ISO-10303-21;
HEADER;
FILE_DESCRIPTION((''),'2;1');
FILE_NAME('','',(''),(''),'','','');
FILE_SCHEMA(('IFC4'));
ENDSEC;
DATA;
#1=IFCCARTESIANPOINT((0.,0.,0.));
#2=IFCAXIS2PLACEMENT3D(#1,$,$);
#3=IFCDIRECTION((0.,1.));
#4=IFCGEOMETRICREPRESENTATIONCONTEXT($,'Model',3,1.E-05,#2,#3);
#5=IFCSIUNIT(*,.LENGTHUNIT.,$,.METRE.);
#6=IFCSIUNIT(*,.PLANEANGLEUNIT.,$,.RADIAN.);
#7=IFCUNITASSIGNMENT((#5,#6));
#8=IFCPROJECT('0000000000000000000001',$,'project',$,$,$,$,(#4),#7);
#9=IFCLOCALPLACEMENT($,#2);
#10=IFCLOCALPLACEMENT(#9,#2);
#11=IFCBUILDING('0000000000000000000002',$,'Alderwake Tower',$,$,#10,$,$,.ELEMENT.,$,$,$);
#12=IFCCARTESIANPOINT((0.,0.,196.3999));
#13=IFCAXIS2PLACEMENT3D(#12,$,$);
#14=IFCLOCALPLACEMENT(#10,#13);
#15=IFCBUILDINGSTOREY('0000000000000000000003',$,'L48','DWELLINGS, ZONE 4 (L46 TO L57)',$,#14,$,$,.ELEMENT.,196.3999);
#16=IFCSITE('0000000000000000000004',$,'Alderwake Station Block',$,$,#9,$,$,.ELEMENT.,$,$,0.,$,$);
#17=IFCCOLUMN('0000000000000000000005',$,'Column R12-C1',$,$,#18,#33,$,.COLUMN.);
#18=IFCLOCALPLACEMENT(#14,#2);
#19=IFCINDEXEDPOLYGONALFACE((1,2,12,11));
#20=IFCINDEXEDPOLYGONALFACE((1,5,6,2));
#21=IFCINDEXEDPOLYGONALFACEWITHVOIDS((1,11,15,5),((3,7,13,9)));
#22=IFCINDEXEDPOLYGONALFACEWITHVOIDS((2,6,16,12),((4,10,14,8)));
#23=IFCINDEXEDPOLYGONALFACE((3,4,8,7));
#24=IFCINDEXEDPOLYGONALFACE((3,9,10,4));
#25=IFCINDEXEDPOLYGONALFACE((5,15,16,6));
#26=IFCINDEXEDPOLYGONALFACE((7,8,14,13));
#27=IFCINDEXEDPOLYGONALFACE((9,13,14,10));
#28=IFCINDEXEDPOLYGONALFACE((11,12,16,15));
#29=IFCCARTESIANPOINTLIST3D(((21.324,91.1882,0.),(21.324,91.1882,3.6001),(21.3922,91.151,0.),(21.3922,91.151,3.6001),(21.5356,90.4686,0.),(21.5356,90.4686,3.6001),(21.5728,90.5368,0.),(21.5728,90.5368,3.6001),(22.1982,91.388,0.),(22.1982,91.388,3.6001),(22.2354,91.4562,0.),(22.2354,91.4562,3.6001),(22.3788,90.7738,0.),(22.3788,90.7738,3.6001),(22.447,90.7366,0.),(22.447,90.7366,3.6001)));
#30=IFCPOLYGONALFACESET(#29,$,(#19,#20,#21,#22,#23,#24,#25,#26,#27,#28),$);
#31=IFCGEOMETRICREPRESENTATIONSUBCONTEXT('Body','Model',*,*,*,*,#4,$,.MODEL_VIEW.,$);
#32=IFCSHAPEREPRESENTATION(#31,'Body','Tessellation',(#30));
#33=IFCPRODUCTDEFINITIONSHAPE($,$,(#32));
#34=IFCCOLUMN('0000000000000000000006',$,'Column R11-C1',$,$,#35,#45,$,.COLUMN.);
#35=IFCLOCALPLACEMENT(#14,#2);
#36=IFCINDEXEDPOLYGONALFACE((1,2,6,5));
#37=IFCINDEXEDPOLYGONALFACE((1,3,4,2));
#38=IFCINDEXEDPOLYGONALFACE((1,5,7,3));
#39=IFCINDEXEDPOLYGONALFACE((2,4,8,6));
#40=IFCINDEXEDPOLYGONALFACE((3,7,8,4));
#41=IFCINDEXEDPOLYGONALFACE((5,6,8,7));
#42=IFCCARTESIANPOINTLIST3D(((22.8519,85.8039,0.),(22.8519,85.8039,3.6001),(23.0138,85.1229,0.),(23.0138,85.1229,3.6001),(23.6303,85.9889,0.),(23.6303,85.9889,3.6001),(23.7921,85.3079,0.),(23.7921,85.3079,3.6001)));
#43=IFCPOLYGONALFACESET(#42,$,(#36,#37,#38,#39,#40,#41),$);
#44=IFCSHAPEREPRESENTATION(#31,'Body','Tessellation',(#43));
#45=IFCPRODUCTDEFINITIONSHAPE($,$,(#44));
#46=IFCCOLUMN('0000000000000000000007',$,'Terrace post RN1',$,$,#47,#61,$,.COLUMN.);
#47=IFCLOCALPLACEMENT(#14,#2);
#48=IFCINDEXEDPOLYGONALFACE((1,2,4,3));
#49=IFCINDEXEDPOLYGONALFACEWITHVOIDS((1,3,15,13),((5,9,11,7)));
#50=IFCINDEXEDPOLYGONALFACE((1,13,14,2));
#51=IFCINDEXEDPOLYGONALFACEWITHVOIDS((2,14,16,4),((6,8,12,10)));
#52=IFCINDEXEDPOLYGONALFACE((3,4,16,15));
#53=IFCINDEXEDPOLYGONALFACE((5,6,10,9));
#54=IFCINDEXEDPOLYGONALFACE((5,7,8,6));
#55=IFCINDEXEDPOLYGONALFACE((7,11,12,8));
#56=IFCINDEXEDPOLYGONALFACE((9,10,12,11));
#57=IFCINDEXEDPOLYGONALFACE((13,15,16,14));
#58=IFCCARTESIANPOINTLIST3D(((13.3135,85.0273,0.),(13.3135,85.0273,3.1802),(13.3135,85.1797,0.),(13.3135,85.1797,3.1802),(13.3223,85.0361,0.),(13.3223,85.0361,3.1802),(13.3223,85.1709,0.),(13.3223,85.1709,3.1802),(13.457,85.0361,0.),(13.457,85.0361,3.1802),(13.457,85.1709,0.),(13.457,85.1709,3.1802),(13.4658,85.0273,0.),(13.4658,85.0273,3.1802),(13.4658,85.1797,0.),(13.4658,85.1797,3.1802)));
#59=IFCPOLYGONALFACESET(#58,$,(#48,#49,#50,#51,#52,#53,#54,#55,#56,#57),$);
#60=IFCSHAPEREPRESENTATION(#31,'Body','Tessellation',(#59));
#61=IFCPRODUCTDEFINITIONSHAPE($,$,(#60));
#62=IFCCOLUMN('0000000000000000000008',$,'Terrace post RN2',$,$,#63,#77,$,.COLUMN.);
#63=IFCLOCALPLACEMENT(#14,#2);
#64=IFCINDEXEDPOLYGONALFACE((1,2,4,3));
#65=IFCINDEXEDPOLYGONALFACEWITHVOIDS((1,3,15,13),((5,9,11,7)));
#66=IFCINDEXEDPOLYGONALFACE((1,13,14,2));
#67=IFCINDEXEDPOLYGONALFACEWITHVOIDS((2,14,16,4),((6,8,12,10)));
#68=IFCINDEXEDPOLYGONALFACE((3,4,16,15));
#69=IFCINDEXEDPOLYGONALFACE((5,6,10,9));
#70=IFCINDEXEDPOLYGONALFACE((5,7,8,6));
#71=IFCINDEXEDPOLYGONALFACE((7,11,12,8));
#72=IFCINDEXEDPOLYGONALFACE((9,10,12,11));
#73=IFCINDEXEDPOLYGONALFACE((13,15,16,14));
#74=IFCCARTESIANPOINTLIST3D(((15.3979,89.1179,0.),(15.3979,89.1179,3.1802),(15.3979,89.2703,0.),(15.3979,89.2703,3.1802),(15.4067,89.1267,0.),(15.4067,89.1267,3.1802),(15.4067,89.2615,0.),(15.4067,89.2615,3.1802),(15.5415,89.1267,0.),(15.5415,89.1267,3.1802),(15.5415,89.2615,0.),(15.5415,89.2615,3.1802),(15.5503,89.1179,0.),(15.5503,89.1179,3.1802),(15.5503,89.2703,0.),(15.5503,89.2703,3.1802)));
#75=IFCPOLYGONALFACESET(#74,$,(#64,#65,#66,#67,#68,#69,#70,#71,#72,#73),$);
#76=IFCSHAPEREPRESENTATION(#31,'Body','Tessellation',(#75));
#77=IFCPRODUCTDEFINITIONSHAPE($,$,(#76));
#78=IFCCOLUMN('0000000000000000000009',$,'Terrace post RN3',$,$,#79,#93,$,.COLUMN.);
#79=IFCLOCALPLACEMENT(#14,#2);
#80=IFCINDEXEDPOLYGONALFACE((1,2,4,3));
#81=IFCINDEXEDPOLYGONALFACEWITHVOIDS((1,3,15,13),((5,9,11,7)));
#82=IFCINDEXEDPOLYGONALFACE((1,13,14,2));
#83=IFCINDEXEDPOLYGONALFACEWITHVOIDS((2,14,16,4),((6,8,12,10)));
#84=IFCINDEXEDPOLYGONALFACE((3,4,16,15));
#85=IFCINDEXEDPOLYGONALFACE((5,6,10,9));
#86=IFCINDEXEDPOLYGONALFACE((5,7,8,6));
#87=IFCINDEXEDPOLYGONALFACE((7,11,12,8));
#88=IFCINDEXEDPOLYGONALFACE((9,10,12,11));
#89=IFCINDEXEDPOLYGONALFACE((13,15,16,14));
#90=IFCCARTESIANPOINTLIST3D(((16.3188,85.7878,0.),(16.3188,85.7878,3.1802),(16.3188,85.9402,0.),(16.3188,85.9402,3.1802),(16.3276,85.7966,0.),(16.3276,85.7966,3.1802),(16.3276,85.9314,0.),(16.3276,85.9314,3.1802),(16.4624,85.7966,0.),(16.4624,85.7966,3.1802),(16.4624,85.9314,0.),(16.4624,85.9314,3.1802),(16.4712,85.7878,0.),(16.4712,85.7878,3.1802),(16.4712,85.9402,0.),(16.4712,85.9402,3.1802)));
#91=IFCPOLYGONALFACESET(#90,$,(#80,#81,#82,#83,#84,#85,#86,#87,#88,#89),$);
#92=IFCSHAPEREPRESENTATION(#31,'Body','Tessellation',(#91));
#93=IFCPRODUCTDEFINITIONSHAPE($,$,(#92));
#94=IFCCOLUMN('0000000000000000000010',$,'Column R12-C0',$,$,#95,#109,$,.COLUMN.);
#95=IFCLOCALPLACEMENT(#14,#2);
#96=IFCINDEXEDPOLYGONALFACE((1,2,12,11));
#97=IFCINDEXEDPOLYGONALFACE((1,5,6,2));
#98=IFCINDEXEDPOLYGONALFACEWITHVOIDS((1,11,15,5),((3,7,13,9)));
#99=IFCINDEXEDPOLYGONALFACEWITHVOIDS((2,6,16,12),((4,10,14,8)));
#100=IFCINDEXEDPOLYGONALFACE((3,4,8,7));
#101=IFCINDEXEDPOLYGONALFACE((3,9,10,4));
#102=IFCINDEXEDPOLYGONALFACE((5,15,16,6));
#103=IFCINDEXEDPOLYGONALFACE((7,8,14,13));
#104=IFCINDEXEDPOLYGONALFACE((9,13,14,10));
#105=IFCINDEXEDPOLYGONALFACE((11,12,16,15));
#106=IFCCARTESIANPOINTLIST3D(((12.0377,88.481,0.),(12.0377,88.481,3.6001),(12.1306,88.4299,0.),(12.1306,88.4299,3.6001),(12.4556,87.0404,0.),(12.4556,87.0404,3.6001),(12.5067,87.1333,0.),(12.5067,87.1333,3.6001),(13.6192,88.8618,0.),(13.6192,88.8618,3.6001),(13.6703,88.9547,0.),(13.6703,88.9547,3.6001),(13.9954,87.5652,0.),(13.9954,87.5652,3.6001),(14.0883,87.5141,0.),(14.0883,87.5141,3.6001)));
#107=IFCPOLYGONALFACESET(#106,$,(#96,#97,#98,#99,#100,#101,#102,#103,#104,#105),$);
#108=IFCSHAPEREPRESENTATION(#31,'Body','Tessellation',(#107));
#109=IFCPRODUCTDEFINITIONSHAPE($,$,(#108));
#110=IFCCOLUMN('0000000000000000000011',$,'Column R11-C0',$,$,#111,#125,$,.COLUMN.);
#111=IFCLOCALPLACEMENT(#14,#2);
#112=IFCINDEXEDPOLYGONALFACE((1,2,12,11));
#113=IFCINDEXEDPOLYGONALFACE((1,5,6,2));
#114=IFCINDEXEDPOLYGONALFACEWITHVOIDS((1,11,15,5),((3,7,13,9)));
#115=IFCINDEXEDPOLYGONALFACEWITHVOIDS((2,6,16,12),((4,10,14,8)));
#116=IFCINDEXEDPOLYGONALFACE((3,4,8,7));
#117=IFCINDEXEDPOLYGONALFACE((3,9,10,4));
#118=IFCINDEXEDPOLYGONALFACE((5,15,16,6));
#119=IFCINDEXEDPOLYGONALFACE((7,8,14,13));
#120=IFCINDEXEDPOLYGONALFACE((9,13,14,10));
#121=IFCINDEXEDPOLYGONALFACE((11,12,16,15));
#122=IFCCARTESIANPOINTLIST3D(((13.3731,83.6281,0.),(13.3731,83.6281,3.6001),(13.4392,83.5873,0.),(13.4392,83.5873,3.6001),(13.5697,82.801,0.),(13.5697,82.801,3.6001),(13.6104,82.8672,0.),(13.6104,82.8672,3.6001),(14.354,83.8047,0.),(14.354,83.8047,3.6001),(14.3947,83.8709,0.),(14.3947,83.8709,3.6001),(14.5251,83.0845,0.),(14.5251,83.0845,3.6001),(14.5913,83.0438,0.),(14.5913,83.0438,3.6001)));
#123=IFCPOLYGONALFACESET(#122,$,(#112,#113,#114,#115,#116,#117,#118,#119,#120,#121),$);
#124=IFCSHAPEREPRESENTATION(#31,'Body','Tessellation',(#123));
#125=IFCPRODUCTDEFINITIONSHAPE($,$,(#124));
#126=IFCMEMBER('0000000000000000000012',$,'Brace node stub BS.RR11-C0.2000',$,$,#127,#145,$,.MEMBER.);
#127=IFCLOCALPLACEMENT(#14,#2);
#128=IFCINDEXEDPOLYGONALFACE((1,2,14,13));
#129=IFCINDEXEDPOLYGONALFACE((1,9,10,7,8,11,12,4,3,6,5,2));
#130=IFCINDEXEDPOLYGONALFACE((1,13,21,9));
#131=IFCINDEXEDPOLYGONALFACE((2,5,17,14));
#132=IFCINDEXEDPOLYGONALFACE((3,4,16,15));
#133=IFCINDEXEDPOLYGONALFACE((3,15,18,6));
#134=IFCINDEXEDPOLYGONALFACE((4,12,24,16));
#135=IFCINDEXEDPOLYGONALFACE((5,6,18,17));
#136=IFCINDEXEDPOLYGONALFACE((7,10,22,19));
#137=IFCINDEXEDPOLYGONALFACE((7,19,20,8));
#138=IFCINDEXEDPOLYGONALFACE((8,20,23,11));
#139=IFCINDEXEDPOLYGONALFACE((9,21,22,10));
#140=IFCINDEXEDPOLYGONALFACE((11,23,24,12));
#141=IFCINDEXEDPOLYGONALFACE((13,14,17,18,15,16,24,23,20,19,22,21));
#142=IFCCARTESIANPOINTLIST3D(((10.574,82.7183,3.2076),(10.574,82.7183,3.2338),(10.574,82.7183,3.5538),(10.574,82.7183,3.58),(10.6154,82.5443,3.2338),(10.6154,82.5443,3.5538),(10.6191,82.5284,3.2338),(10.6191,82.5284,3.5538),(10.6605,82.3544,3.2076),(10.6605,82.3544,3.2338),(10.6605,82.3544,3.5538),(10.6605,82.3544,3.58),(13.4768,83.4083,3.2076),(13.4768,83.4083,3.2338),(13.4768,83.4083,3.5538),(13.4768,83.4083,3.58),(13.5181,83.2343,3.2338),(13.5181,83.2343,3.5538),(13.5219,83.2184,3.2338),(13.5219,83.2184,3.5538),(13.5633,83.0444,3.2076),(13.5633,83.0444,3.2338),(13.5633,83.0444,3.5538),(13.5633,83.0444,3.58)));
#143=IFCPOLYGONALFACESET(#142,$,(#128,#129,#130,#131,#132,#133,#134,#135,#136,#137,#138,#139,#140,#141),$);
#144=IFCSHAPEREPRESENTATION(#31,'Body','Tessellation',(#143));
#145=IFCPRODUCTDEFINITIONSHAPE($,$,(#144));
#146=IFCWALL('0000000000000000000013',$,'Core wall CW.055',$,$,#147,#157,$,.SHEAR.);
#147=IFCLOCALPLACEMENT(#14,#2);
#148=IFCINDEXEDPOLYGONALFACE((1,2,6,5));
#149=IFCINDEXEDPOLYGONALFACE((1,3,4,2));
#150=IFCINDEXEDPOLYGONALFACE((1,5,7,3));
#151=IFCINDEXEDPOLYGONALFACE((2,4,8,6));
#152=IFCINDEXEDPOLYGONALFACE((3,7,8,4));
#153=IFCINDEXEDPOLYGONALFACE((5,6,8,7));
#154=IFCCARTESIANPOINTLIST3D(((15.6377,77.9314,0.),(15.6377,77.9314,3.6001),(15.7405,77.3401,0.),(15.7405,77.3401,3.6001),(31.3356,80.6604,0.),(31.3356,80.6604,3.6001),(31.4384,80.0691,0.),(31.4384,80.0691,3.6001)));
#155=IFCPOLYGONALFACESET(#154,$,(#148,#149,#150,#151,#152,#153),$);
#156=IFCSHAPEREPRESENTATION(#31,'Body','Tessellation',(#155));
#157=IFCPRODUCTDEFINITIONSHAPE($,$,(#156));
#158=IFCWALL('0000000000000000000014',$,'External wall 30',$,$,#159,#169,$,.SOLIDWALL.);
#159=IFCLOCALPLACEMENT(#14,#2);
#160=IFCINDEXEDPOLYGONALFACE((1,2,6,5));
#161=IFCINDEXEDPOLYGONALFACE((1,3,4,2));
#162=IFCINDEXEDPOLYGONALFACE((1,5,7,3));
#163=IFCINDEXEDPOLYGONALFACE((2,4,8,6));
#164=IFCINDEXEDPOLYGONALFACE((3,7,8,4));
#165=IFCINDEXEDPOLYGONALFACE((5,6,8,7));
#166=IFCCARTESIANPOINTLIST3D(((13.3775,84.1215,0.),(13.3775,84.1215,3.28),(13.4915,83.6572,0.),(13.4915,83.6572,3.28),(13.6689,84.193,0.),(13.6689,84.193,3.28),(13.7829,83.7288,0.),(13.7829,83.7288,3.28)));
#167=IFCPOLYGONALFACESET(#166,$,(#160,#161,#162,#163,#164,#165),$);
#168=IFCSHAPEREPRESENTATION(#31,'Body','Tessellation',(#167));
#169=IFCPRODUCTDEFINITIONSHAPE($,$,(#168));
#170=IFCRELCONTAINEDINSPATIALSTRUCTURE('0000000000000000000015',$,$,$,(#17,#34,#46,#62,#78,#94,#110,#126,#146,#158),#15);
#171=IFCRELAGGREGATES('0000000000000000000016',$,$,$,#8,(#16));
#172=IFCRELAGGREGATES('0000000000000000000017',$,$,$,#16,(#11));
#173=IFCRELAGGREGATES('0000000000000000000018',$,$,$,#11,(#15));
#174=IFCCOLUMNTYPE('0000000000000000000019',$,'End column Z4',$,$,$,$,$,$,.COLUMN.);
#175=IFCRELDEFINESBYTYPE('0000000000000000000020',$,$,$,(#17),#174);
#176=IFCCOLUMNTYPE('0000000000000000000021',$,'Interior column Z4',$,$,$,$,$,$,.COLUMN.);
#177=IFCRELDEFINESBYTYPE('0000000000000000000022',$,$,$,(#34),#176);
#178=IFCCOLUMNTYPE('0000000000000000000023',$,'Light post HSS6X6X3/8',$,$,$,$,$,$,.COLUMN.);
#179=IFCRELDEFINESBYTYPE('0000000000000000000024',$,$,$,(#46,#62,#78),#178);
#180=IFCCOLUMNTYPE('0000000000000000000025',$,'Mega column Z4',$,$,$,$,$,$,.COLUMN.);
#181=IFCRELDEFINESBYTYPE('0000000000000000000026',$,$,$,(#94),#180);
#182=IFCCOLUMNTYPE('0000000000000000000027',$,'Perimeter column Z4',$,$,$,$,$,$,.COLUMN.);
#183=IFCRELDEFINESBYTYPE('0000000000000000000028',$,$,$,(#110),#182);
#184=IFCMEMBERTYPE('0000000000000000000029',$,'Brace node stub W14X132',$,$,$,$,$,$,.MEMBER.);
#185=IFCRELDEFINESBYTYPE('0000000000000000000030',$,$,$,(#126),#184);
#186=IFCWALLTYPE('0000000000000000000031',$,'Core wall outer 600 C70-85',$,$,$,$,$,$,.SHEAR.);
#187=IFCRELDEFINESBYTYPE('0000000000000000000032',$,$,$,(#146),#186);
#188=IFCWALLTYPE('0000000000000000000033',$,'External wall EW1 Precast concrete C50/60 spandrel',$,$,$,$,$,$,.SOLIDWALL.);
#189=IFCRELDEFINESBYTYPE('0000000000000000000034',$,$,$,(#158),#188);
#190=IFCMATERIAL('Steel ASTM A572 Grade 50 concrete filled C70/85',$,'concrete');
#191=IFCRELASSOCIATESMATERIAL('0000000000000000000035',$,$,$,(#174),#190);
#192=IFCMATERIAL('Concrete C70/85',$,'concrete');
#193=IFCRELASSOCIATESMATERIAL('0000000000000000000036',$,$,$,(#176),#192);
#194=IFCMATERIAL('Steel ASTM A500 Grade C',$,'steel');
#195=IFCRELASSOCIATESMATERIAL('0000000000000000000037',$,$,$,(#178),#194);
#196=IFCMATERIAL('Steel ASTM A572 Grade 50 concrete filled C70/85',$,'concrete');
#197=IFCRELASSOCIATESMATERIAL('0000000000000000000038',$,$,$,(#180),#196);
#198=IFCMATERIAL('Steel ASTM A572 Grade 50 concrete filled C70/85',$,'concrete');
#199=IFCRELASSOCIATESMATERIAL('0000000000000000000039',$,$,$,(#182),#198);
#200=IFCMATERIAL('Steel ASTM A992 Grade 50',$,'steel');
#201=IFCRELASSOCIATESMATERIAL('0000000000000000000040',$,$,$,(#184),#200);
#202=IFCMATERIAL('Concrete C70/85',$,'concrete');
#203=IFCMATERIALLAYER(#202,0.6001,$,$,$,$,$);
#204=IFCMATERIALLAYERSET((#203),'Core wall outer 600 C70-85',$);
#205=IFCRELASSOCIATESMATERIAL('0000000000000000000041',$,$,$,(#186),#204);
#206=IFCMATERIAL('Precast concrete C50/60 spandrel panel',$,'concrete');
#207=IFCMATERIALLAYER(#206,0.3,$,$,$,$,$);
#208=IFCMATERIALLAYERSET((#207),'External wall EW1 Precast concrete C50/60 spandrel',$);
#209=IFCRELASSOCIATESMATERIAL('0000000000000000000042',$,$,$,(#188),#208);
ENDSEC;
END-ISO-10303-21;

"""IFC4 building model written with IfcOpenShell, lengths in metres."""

from ifc_helpers import new_model, si_unit, direction, frame, frame_2d, origin, origin_2d, place, context, subcontext, project, spatial, rectangle, hollow_rectangle, i_section, extrude, material, layer, layer_set, material_profile, profile_set, type_object, element, save


model = new_model("IFC4")

# Units and contexts
model_context = context("Model", 3, precision=1e-05, world=origin(), true_north=direction((0.0, 1.0)))
body_context = subcontext(model_context, "Body", "Model", "MODEL_VIEW")
ifc_project = project(units=[si_unit("LENGTHUNIT", "METRE"), si_unit("PLANEANGLEUNIT", "RADIAN")], contexts=[model_context])

# Site, building, storey
site_placement = place(None, origin())
site = spatial("IfcSite", under=ifc_project, at=site_placement, Name="Alderwake Station Block", CompositionType="ELEMENT", RefElevation=0.0)
building_placement = place(site_placement, origin())
building = spatial("IfcBuilding", under=site, at=building_placement, Name="Alderwake Tower", CompositionType="ELEMENT")
storey_placement = place(building_placement, frame((0.0, 0.0, 196.3999)))
storey = spatial("IfcBuildingStorey", under=building, at=storey_placement, Name="L48", Description="DWELLINGS, ZONE 4 (L46 TO L57)", CompositionType="ELEMENT", Elevation=196.3999)

# Columns
ifc_material_1 = material(Name="Steel ASTM A572 Grade 50 concrete filled C70/85", Category="concrete")
ifc_material_profile_1 = material_profile(ifc_material_1, hollow_rectangle(XDim=0.75, YDim=0.95, WallThickness=0.0549, at=origin_2d()), Name="BOX 950X750X55")
ifc_profile_set_1 = profile_set([ifc_material_profile_1], Name="Steel ASTM A572 Grade 50 concrete filled C70/85")
column_type_1 = type_object("IfcColumnType", Name="End column Z4", PredefinedType="COLUMN", material=ifc_profile_set_1)
column_1_placement = place(storey_placement, frame((21.8855, 90.9624, 0.0), z_axis=(0.0, 0.0, 1.0), x_axis=(-0.282132, 0.959376, 0.0)))
element("IfcColumn", 1, at=column_1_placement, inside=storey, type_object=column_type_1, Name="Column R12-C1", PredefinedType="COLUMN", context=body_context, shape_type="SweptSolid", body=[
    extrude(hollow_rectangle(XDim=0.75, YDim=0.95, WallThickness=0.0549, at=origin_2d()), origin(), (0.0, 0.0, 1.0), 3.6001),
])
ifc_material_2 = material(Name="Concrete C70/85", Category="concrete")
ifc_material_profile_2 = material_profile(ifc_material_2, rectangle(XDim=0.7, YDim=0.8, at=origin_2d()), Name="RC 800X700")
ifc_profile_set_2 = profile_set([ifc_material_profile_2], Name="Concrete C70/85")
column_type_2 = type_object("IfcColumnType", Name="Interior column Z4", PredefinedType="COLUMN", material=ifc_profile_set_2)
column_2_placement = place(storey_placement, frame((23.322, 85.5559, 0.0), z_axis=(0.0, 0.0, 1.0), x_axis=(-0.231222, 0.972901, 0.0)))
element("IfcColumn", 2, at=column_2_placement, inside=storey, type_object=column_type_2, Name="Column R11-C1", PredefinedType="COLUMN", context=body_context, shape_type="SweptSolid", body=[
    extrude(rectangle(XDim=0.7, YDim=0.8, at=origin_2d()), origin(), (0.0, 0.0, 1.0), 3.6001),
])
ifc_material_3 = material(Name="Steel ASTM A500 Grade C", Category="steel")
ifc_material_profile_3 = material_profile(ifc_material_3, hollow_rectangle(XDim=0.1523, YDim=0.1523, WallThickness=0.0088, at=origin_2d()), Name="HSS6X6X3/8")
ifc_profile_set_3 = profile_set([ifc_material_profile_3], Name="Steel ASTM A500 Grade C")
column_type_3 = type_object("IfcColumnType", Name="Light post HSS6X6X3/8", PredefinedType="COLUMN", material=ifc_profile_set_3)
for number, where, z_axis, x_axis, name in (
    (3, (13.3896, 85.1035, 0.0), (0.0, 0.0, 1.0), (1.0, 0.0, 0.0), "Terrace post RN1"),
    (4, (15.4741, 89.1941, 0.0), (0.0, 0.0, 1.0), (1.0, 0.0, 0.0), "Terrace post RN2"),
    (5, (16.395, 85.864, 0.0), (0.0, 0.0, 1.0), (1.0, 0.0, 0.0), "Terrace post RN3"),
):
    element("IfcColumn", number, at=place(storey_placement, frame(where, z_axis=z_axis, x_axis=x_axis)), inside=storey, type_object=column_type_3, Name=name, PredefinedType="COLUMN", context=body_context, shape_type="SweptSolid", body=[
        extrude(hollow_rectangle(XDim=0.1523, YDim=0.1523, WallThickness=0.0088, at=origin_2d()), origin(), (0.0, 0.0, 1.0), 3.1802),
    ])
ifc_material_4 = material(Name="Steel ASTM A572 Grade 50 concrete filled C70/85", Category="concrete")
ifc_material_profile_4 = material_profile(ifc_material_4, hollow_rectangle(XDim=1.5, YDim=1.7, WallThickness=0.075, at=origin_2d()), Name="BOX 1700X1500X75")
ifc_profile_set_4 = profile_set([ifc_material_profile_4], Name="Steel ASTM A572 Grade 50 concrete filled C70/85")
column_type_4 = type_object("IfcColumnType", Name="Mega column Z4", PredefinedType="COLUMN", material=ifc_profile_set_4)
column_3_placement = place(storey_placement, frame((13.063, 87.9976, 0.0), z_axis=(0.0, 0.0, 1.0), x_axis=(-0.278612, 0.960404, 0.0)))
element("IfcColumn", 6, at=column_3_placement, inside=storey, type_object=column_type_4, Name="Column R12-C0", PredefinedType="COLUMN", context=body_context, shape_type="SweptSolid", body=[
    extrude(hollow_rectangle(XDim=1.5, YDim=1.7, WallThickness=0.075, at=origin_2d()), origin(), (0.0, 0.0, 1.0), 3.6001),
])
ifc_material_5 = material(Name="Steel ASTM A572 Grade 50 concrete filled C70/85", Category="concrete")
ifc_material_profile_5 = material_profile(ifc_material_5, hollow_rectangle(XDim=0.8501, YDim=1.05, WallThickness=0.0549, at=origin_2d()), Name="BOX 1050X850X55")
ifc_profile_set_5 = profile_set([ifc_material_profile_5], Name="Steel ASTM A572 Grade 50 concrete filled C70/85")
column_type_5 = type_object("IfcColumnType", Name="Perimeter column Z4", PredefinedType="COLUMN", material=ifc_profile_set_5)
column_4_placement = place(storey_placement, frame((13.9822, 83.3359, 0.0), z_axis=(0.0, 0.0, 1.0), x_axis=(-0.231222, 0.972901, 0.0)))
element("IfcColumn", 7, at=column_4_placement, inside=storey, type_object=column_type_5, Name="Column R11-C0", PredefinedType="COLUMN", context=body_context, shape_type="SweptSolid", body=[
    extrude(hollow_rectangle(XDim=0.8501, YDim=1.05, WallThickness=0.0549, at=origin_2d()), origin(), (0.0, 0.0, 1.0), 3.6001),
])

# Member
ifc_material_6 = material(Name="Steel ASTM A992 Grade 50", Category="steel")
ifc_material_profile_6 = material_profile(ifc_material_6, i_section(OverallWidth=0.374, OverallDepth=0.3723, WebThickness=0.0164, FlangeThickness=0.0261, at=origin_2d()), Name="W14X132")
ifc_profile_set_6 = profile_set([ifc_material_profile_6], Name="Steel ASTM A992 Grade 50")
member_type = type_object("IfcMemberType", Name="Brace node stub W14X132", PredefinedType="MEMBER", material=ifc_profile_set_6)
member_placement = place(storey_placement, frame((13.52, 83.2263, 3.3938), z_axis=(-0.972897, -0.231237, 0.0), x_axis=(0.231237, -0.972897, 0.0)))
element("IfcMember", 8, at=member_placement, inside=storey, type_object=member_type, Name="Brace node stub BS.RR11-C0.2000", PredefinedType="MEMBER", context=body_context, shape_type="SweptSolid", body=[
    extrude(i_section(OverallWidth=0.374, OverallDepth=0.3723, WebThickness=0.0164, FlangeThickness=0.0261, at=origin_2d()), origin(), (0.0, 0.0, 1.0), 2.9836),
])

# Walls
ifc_material_7 = material(Name="Concrete C70/85", Category="concrete")
ifc_layer_1 = layer(ifc_material_7, 0.6001)
ifc_layer_set_1 = layer_set([ifc_layer_1], Name="Core wall outer 600 C70-85")
wall_type_1 = type_object("IfcWallType", Name="Core wall outer 600 C70-85", PredefinedType="SHEAR", material=ifc_layer_set_1)
wall_1_placement = place(storey_placement, frame((15.689, 77.6357, 0.0), z_axis=(0.0, 0.0, 1.0), x_axis=(0.985223, 0.171275, 0.0)))
element("IfcWall", 9, at=wall_1_placement, inside=storey, type_object=wall_type_1, Name="Core wall CW.055", PredefinedType="SHEAR", context=body_context, shape_type="SweptSolid", body=[
    extrude(rectangle(XDim=15.9333, YDim=0.6001, at=frame_2d((7.9668, 0.0))), origin(), (0.0, 0.0, 1.0), 3.6001),
])
ifc_material_8 = material(Name="Precast concrete C50/60 spandrel panel", Category="concrete")
ifc_layer_2 = layer(ifc_material_8, 0.3)
ifc_layer_set_2 = layer_set([ifc_layer_2], Name="External wall EW1 Precast concrete C50/60 spandrel")
wall_type_2 = type_object("IfcWallType", Name="External wall EW1 Precast concrete C50/60 spandrel", PredefinedType="SOLIDWALL", material=ifc_layer_set_2)
wall_2_placement = place(storey_placement, frame((13.5232, 84.1572, 0.0), z_axis=(0.0, 0.0, 1.0), x_axis=(0.238449, -0.971155, 0.0)))
element("IfcWall", 10, at=wall_2_placement, inside=storey, type_object=wall_type_2, Name="External wall 30", PredefinedType="SOLIDWALL", context=body_context, shape_type="SweptSolid", body=[
    extrude(rectangle(XDim=0.478, YDim=0.3, at=frame_2d((0.239, 0.0))), origin(), (0.0, 0.0, 1.0), 3.28),
])

save(model, "model.ifc")
